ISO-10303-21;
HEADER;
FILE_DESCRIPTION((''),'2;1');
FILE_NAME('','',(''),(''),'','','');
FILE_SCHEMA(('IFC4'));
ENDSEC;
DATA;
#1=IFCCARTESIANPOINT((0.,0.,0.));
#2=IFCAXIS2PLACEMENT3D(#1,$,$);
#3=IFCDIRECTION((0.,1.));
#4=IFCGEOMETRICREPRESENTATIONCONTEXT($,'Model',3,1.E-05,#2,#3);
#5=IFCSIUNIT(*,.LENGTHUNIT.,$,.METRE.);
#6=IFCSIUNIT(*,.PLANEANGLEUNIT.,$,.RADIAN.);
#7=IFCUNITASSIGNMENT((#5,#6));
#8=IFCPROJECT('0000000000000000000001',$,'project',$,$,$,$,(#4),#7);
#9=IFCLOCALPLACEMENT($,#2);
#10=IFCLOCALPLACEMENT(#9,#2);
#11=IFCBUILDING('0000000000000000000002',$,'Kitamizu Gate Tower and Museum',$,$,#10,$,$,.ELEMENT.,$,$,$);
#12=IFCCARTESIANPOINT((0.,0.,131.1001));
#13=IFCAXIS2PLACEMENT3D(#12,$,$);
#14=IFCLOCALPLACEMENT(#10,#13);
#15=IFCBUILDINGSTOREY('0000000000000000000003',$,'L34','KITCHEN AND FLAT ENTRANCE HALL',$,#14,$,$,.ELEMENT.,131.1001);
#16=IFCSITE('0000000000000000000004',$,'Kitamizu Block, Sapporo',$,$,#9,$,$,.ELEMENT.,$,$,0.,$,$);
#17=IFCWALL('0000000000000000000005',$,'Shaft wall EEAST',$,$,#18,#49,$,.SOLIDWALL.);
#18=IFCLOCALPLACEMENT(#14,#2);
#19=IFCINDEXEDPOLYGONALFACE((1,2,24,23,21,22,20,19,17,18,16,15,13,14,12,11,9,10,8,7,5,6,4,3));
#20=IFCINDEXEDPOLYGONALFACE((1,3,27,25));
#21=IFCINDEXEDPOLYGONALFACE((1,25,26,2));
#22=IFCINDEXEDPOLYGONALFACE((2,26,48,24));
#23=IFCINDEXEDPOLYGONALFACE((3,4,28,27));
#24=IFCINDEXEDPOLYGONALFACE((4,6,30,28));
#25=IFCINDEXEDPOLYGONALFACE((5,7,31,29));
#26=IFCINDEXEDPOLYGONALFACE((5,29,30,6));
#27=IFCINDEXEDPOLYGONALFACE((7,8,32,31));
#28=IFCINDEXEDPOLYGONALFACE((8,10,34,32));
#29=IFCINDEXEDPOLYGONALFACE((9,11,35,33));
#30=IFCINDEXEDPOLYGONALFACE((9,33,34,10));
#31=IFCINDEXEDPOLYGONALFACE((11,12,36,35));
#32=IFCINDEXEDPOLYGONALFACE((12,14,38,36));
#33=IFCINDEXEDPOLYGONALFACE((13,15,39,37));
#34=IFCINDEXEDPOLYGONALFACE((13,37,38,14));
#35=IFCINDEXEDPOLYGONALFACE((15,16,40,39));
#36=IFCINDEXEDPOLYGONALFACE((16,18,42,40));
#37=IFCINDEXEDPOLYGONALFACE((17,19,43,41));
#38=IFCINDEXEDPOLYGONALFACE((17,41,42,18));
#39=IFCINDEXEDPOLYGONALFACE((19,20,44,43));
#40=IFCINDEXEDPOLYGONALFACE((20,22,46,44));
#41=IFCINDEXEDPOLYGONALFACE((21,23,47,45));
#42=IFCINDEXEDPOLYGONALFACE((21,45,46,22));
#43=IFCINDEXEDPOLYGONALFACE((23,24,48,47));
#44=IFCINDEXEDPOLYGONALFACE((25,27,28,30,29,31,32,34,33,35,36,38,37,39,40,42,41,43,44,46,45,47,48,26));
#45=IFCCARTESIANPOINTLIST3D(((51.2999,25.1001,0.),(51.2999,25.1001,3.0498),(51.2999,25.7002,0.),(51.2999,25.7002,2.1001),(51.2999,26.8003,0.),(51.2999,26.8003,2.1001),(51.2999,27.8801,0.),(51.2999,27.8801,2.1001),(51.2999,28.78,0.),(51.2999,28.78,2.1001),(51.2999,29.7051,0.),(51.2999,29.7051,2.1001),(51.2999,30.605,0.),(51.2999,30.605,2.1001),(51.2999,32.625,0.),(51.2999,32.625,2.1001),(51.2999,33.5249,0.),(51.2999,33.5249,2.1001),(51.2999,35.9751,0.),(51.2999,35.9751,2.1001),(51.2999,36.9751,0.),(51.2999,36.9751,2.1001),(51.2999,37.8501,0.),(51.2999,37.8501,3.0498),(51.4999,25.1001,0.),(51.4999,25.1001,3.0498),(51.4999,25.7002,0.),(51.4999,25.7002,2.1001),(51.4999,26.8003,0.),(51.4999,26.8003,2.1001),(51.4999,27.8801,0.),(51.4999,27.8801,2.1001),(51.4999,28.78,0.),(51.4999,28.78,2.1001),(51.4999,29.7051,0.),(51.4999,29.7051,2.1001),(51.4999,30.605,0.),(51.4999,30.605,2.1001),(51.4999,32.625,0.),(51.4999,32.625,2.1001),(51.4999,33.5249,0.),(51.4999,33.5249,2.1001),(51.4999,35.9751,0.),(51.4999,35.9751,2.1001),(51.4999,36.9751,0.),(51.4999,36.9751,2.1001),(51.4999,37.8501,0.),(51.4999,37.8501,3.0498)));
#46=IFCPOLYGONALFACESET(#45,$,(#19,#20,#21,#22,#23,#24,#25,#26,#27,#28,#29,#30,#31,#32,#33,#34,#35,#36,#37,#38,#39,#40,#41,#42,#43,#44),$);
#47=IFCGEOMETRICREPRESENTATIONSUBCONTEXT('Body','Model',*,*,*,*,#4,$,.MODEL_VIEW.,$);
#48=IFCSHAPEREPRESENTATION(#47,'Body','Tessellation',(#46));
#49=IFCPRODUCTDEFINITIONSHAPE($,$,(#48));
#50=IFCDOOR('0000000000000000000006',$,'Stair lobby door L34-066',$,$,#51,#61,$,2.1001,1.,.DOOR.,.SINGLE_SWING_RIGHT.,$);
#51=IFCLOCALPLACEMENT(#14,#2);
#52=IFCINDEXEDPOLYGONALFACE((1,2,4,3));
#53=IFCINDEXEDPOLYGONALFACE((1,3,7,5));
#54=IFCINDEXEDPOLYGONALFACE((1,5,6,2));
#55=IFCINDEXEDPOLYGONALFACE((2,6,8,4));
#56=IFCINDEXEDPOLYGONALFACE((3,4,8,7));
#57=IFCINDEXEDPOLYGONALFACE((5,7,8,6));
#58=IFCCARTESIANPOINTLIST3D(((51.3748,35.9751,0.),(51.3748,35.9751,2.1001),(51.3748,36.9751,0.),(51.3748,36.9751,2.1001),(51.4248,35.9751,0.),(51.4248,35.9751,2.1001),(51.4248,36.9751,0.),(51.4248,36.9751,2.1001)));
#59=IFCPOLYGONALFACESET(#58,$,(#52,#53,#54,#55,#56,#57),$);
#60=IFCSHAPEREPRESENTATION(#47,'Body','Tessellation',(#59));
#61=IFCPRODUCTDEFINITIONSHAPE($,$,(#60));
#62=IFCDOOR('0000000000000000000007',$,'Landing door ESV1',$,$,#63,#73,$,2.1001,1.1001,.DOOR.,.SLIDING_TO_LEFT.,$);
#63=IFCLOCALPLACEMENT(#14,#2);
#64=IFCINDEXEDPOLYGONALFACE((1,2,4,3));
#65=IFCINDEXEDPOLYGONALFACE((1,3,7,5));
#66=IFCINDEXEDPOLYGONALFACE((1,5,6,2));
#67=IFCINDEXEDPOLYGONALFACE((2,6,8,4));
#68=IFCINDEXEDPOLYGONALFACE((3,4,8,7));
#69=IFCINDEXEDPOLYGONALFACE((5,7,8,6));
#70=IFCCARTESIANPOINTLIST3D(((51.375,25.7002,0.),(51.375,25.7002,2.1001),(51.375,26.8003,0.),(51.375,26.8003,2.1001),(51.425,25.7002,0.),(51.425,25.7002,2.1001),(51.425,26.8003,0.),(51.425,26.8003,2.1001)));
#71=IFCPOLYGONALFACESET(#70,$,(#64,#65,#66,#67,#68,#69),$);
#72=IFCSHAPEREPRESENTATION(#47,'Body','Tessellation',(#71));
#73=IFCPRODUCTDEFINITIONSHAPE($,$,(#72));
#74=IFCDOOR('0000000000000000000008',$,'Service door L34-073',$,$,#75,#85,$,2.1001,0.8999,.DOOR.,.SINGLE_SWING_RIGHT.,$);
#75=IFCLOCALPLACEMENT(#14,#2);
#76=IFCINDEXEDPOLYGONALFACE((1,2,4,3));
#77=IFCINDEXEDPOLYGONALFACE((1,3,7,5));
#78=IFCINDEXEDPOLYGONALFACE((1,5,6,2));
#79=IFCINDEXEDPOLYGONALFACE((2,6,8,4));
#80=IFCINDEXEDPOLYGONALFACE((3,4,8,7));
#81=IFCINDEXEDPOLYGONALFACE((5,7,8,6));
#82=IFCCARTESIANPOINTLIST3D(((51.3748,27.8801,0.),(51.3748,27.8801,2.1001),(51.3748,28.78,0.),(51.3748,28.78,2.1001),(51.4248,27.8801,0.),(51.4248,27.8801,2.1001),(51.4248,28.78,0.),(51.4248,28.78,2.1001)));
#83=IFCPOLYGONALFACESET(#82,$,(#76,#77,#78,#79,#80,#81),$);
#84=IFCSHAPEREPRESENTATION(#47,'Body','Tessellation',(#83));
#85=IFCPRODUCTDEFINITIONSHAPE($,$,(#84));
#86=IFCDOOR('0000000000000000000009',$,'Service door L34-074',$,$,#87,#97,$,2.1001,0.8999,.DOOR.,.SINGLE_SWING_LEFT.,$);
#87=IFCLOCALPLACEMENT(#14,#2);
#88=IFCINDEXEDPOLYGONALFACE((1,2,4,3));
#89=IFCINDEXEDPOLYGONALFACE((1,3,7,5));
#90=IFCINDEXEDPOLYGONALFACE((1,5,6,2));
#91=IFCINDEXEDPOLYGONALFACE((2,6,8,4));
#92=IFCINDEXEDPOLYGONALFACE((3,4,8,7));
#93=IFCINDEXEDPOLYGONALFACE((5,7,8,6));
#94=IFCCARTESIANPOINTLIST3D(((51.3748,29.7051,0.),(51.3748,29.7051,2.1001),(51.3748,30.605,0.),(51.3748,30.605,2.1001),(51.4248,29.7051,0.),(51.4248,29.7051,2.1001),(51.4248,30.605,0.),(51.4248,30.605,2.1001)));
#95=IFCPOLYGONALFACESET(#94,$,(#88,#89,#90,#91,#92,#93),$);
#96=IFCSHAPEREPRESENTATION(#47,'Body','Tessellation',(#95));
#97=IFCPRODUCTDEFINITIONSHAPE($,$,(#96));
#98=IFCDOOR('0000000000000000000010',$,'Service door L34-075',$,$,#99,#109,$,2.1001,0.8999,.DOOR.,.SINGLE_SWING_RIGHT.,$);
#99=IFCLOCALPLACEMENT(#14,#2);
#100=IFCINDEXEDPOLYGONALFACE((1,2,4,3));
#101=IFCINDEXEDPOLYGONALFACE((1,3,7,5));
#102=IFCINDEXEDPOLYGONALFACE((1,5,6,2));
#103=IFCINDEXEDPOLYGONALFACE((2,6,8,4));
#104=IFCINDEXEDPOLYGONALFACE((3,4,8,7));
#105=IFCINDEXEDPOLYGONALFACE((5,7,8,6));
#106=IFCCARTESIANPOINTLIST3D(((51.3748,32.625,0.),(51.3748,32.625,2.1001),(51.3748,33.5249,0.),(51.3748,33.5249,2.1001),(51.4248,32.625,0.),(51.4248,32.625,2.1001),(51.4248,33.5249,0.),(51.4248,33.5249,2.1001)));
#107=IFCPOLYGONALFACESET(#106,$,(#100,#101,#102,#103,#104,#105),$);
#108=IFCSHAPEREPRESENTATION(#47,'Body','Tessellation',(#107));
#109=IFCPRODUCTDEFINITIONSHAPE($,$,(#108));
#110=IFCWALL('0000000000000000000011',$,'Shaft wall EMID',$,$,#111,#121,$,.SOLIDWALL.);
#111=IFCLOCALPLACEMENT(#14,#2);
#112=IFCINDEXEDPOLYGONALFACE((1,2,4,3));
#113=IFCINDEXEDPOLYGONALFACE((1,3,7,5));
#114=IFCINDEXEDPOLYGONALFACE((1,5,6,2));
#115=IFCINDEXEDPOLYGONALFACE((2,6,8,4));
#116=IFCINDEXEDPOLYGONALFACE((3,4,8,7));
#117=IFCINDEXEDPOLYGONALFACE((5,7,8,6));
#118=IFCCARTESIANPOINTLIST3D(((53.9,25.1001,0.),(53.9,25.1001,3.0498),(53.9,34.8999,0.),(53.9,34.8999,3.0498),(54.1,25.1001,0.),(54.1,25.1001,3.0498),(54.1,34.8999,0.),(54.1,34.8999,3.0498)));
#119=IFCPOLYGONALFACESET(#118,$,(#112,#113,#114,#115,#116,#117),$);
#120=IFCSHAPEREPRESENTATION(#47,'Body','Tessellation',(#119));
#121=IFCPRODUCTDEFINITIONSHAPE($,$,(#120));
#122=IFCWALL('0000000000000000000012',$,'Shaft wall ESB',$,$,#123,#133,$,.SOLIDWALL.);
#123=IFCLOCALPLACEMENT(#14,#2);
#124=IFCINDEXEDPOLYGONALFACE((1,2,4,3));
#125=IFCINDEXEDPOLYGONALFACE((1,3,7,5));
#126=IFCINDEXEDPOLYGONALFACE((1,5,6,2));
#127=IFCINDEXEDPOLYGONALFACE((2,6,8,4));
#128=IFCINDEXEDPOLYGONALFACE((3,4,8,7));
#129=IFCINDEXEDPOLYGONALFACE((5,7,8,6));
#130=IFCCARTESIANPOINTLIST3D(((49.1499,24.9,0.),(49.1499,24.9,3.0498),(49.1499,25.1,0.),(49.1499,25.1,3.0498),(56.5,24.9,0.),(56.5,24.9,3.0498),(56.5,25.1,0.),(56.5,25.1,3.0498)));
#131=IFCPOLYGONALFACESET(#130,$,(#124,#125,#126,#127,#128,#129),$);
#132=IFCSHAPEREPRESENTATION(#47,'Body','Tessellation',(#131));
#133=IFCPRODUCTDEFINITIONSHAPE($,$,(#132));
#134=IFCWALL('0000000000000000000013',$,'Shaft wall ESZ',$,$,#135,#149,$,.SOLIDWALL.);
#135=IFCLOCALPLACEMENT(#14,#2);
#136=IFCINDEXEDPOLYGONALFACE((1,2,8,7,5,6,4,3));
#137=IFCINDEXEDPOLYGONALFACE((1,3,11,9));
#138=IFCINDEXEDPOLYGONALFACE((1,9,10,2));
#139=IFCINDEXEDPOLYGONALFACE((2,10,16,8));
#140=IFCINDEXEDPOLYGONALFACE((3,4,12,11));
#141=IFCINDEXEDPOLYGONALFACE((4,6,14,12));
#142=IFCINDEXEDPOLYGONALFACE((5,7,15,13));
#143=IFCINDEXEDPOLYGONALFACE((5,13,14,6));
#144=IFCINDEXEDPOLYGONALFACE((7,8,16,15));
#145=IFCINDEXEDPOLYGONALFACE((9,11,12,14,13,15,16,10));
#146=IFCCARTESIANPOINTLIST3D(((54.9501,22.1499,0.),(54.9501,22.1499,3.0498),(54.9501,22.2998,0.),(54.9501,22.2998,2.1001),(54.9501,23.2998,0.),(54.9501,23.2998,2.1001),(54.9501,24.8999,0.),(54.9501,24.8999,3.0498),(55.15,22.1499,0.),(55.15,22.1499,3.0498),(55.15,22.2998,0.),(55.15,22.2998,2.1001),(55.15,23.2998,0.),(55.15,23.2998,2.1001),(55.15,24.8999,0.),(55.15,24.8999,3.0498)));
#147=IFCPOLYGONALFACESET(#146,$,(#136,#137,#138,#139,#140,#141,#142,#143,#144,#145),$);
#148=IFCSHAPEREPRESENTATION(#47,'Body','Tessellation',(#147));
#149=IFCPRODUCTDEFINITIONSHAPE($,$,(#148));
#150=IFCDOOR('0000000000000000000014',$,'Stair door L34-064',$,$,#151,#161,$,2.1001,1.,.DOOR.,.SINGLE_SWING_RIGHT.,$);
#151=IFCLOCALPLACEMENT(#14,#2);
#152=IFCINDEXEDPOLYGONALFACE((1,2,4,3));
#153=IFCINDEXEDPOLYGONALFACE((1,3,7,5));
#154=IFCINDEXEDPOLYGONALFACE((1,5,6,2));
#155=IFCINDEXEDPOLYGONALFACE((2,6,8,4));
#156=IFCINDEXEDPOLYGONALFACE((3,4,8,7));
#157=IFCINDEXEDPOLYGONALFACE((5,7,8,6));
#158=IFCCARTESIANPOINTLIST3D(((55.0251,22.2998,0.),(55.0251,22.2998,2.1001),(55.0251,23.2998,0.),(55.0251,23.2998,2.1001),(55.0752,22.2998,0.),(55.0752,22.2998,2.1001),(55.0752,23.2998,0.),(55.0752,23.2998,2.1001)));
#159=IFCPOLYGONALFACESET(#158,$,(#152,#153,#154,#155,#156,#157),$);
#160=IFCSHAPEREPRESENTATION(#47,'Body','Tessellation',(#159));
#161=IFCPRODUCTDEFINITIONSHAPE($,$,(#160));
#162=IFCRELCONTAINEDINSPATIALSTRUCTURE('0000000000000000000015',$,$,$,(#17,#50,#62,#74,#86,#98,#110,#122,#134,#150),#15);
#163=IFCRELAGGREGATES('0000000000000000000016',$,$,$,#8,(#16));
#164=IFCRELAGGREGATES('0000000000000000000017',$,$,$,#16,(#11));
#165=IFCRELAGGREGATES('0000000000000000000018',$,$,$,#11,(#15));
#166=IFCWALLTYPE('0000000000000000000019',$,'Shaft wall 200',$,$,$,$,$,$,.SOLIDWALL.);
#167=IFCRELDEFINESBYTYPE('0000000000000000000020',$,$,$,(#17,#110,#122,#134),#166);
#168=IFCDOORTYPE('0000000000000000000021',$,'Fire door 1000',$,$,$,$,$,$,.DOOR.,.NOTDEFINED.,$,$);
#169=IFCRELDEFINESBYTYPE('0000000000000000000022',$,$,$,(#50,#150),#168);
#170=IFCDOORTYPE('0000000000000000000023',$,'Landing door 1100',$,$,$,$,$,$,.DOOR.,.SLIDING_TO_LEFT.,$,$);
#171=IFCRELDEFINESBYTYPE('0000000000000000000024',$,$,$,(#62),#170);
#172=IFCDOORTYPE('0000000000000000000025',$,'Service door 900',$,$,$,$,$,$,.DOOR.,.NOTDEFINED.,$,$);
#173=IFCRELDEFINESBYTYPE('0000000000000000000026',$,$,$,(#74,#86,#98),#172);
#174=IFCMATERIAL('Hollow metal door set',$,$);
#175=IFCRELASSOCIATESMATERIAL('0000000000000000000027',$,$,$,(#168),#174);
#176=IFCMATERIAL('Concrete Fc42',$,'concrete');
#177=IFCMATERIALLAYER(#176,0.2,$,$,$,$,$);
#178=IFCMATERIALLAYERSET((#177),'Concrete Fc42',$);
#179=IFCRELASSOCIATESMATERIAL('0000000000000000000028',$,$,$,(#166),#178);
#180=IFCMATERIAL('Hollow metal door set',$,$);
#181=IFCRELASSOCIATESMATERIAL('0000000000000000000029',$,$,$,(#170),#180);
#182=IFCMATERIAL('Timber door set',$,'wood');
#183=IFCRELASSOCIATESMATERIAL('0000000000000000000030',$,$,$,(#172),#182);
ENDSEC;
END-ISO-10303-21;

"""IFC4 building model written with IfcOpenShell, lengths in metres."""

from ifc_helpers import new_model, si_unit, direction, frame, frame_2d, origin, place, context, subcontext, project, spatial, rectangle, extrude, material, layer, layer_set, type_object, element, fill, save


model = new_model("IFC4")

# Units and contexts
model_context = context("Model", 3, precision=1e-05, world=origin(), true_north=direction((0.0, 1.0)))
body_context = subcontext(model_context, "Body", "Model", "MODEL_VIEW")
ifc_project = project(units=[si_unit("LENGTHUNIT", "METRE"), si_unit("PLANEANGLEUNIT", "RADIAN")], contexts=[model_context])

# Site, building, storey
site_placement = place(None, origin())
site = spatial("IfcSite", under=ifc_project, at=site_placement, Name="Kitamizu Block, Sapporo", CompositionType="ELEMENT", RefElevation=0.0)
building_placement = place(site_placement, origin())
building = spatial("IfcBuilding", under=site, at=building_placement, Name="Kitamizu Gate Tower and Museum", CompositionType="ELEMENT")
storey_placement = place(building_placement, frame((0.0, 0.0, 131.1001)))
storey = spatial("IfcBuildingStorey", under=building, at=storey_placement, Name="L34", Description="KITCHEN AND FLAT ENTRANCE HALL", CompositionType="ELEMENT", Elevation=131.1001)

# Wall, openings, doors
ifc_material_1 = material(Name="Hollow metal door set")
door_type_1 = type_object("IfcDoorType", Name="Fire door 1000", OperationType="NOTDEFINED", PredefinedType="DOOR", material=ifc_material_1)
ifc_material_2 = material(Name="Concrete Fc42", Category="concrete")
ifc_layer_1 = layer(ifc_material_2, 0.2)
ifc_layer_set_1 = layer_set([ifc_layer_1], Name="Concrete Fc42")
wall_type_1 = type_object("IfcWallType", Name="Shaft wall 200", PredefinedType="SOLIDWALL", material=ifc_layer_set_1)
ifc_material_3 = material(Name="Hollow metal door set")
door_type_2 = type_object("IfcDoorType", Name="Landing door 1100", OperationType="SLIDING_TO_LEFT", PredefinedType="DOOR", material=ifc_material_3)
wall_1_placement = place(storey_placement, frame((51.3999, 25.1001, 0.0), z_axis=(0.0, 0.0, 1.0), x_axis=(0.0, 1.0, 0.0)))
wall_1 = element("IfcWall", 1, at=wall_1_placement, inside=storey, type_object=wall_type_1, Name="Shaft wall EEAST", PredefinedType="SOLIDWALL", context=body_context, shape_type="SweptSolid", body=[
    extrude(rectangle(XDim=12.75, YDim=0.2, at=frame_2d((6.375, 0.0))), origin(), (0.0, 0.0, 1.0), 3.0498),
])
opening_1_placement = place(wall_1_placement, frame((0.6001, 0.0, 0.0)))
opening_1 = element("IfcOpeningElement", 2, at=opening_1_placement, cuts=wall_1, PredefinedType="OPENING", context=body_context, shape_type="SweptSolid", body=[
    extrude(rectangle(XDim=1.1001, YDim=2.1001, at=frame_2d((0.55, 1.05))), frame((0.0, 0.1099, 0.0), z_axis=(0.0, -1.0, 0.0), x_axis=(1.0, 0.0, 0.0)), (0.0, 0.0, 1.0), 0.22),
])
opening_2_placement = place(wall_1_placement, frame((10.875, 0.0, 0.0)))
opening_2 = element("IfcOpeningElement", 3, at=opening_2_placement, cuts=wall_1, PredefinedType="OPENING", context=body_context, shape_type="SweptSolid", body=[
    extrude(rectangle(XDim=1.0, YDim=2.1001, at=frame_2d((0.5, 1.05))), frame((0.0, 0.1099, 0.0), z_axis=(0.0, -1.0, 0.0), x_axis=(1.0, 0.0, 0.0)), (0.0, 0.0, 1.0), 0.22),
])
opening_3_placement = place(wall_1_placement, frame((2.78, 0.0, 0.0)))
opening_3 = element("IfcOpeningElement", 4, at=opening_3_placement, cuts=wall_1, PredefinedType="OPENING", context=body_context, shape_type="SweptSolid", body=[
    extrude(rectangle(XDim=0.8999, YDim=2.1001, at=frame_2d((0.45, 1.05))), frame((0.0, 0.1099, 0.0), z_axis=(0.0, -1.0, 0.0), x_axis=(1.0, 0.0, 0.0)), (0.0, 0.0, 1.0), 0.22),
])
opening_4_placement = place(wall_1_placement, frame((4.605, 0.0, 0.0)))
opening_4 = element("IfcOpeningElement", 5, at=opening_4_placement, cuts=wall_1, PredefinedType="OPENING", context=body_context, shape_type="SweptSolid", body=[
    extrude(rectangle(XDim=0.8999, YDim=2.1001, at=frame_2d((0.45, 1.05))), frame((0.0, 0.1099, 0.0), z_axis=(0.0, -1.0, 0.0), x_axis=(1.0, 0.0, 0.0)), (0.0, 0.0, 1.0), 0.22),
])
opening_5_placement = place(wall_1_placement, frame((7.5249, 0.0, 0.0)))
opening_5 = element("IfcOpeningElement", 6, at=opening_5_placement, cuts=wall_1, PredefinedType="OPENING", context=body_context, shape_type="SweptSolid", body=[
    extrude(rectangle(XDim=0.8999, YDim=2.1001, at=frame_2d((0.45, 1.05))), frame((0.0, 0.1099, 0.0), z_axis=(0.0, -1.0, 0.0), x_axis=(1.0, 0.0, 0.0)), (0.0, 0.0, 1.0), 0.22),
])
door_1_placement = place(opening_2_placement, frame((1.0, 0.0, 0.0), x_axis=(-1.0, 0.0, 0.0)))
door_1 = element("IfcDoor", 7, at=door_1_placement, inside=storey, type_object=door_type_1, Name="Stair lobby door L34-066", OperationType="SINGLE_SWING_RIGHT", OverallHeight=2.1001, OverallWidth=1.0, PredefinedType="DOOR", context=body_context, shape_type="SweptSolid", body=[
    extrude(rectangle(XDim=1.0, YDim=2.1001, at=frame_2d((0.5, 1.05))), frame((0.0, 0.0249, 0.0), z_axis=(0.0, -1.0, 0.0), x_axis=(1.0, 0.0, 0.0)), (0.0, 0.0, 1.0), 0.05),
])
fill(opening_2, door_1)
door_2_placement = place(opening_1_placement, origin())
door_2 = element("IfcDoor", 8, at=door_2_placement, inside=storey, type_object=door_type_2, Name="Landing door ESV1", OperationType="SLIDING_TO_LEFT", OverallHeight=2.1001, OverallWidth=1.1001, PredefinedType="DOOR", context=body_context, shape_type="SweptSolid", body=[
    extrude(rectangle(XDim=1.1001, YDim=2.1001, at=frame_2d((0.55, 1.05))), frame((0.0, 0.0249, 0.0), z_axis=(0.0, -1.0, 0.0), x_axis=(1.0, 0.0, 0.0)), (0.0, 0.0, 1.0), 0.05),
])
fill(opening_1, door_2)
ifc_material_4 = material(Name="Timber door set", Category="wood")
door_type_3 = type_object("IfcDoorType", Name="Service door 900", OperationType="NOTDEFINED", PredefinedType="DOOR", material=ifc_material_4)
door_3_placement = place(opening_3_placement, frame((0.8999, 0.0, 0.0), x_axis=(-1.0, 0.0, 0.0)))
door_3 = element("IfcDoor", 9, at=door_3_placement, inside=storey, type_object=door_type_3, Name="Service door L34-073", OperationType="SINGLE_SWING_RIGHT", OverallHeight=2.1001, OverallWidth=0.8999, PredefinedType="DOOR", context=body_context, shape_type="SweptSolid", body=[
    extrude(rectangle(XDim=0.8999, YDim=2.1001, at=frame_2d((0.45, 1.05))), frame((0.0, 0.0249, 0.0), z_axis=(0.0, -1.0, 0.0), x_axis=(1.0, 0.0, 0.0)), (0.0, 0.0, 1.0), 0.05),
])
fill(opening_3, door_3)
door_4_placement = place(opening_4_placement, frame((0.8999, 0.0, 0.0), x_axis=(-1.0, 0.0, 0.0)))
door_4 = element("IfcDoor", 10, at=door_4_placement, inside=storey, type_object=door_type_3, Name="Service door L34-074", OperationType="SINGLE_SWING_LEFT", OverallHeight=2.1001, OverallWidth=0.8999, PredefinedType="DOOR", context=body_context, shape_type="SweptSolid", body=[
    extrude(rectangle(XDim=0.8999, YDim=2.1001, at=frame_2d((0.45, 1.05))), frame((0.0, 0.0249, 0.0), z_axis=(0.0, -1.0, 0.0), x_axis=(1.0, 0.0, 0.0)), (0.0, 0.0, 1.0), 0.05),
])
fill(opening_4, door_4)
door_5_placement = place(opening_5_placement, frame((0.8999, 0.0, 0.0), x_axis=(-1.0, 0.0, 0.0)))
door_5 = element("IfcDoor", 11, at=door_5_placement, inside=storey, type_object=door_type_3, Name="Service door L34-075", OperationType="SINGLE_SWING_RIGHT", OverallHeight=2.1001, OverallWidth=0.8999, PredefinedType="DOOR", context=body_context, shape_type="SweptSolid", body=[
    extrude(rectangle(XDim=0.8999, YDim=2.1001, at=frame_2d((0.45, 1.05))), frame((0.0, 0.0249, 0.0), z_axis=(0.0, -1.0, 0.0), x_axis=(1.0, 0.0, 0.0)), (0.0, 0.0, 1.0), 0.05),
])
fill(opening_5, door_5)

# Walls
wall_2_placement = place(storey_placement, frame((54.0, 25.1001, 0.0), z_axis=(0.0, 0.0, 1.0), x_axis=(0.0, 1.0, 0.0)))
element("IfcWall", 12, at=wall_2_placement, inside=storey, type_object=wall_type_1, Name="Shaft wall EMID", PredefinedType="SOLIDWALL", context=body_context, shape_type="SweptSolid", body=[
    extrude(rectangle(XDim=9.7998, YDim=0.2, at=frame_2d((4.8999, 0.0))), origin(), (0.0, 0.0, 1.0), 3.0498),
])
wall_3_placement = place(storey_placement, frame((56.5, 25.0, 0.0), z_axis=(0.0, 0.0, 1.0), x_axis=(-1.0, 0.0, 0.0)))
element("IfcWall", 13, at=wall_3_placement, inside=storey, type_object=wall_type_1, Name="Shaft wall ESB", PredefinedType="SOLIDWALL", context=body_context, shape_type="SweptSolid", body=[
    extrude(rectangle(XDim=7.3501, YDim=0.2, at=frame_2d((3.675, 0.0))), origin(), (0.0, 0.0, 1.0), 3.0498),
])

# Wall, opening, door
wall_4_placement = place(storey_placement, frame((55.05, 22.1499, 0.0), z_axis=(0.0, 0.0, 1.0), x_axis=(0.0, 1.0, 0.0)))
wall_4 = element("IfcWall", 14, at=wall_4_placement, inside=storey, type_object=wall_type_1, Name="Shaft wall ESZ", PredefinedType="SOLIDWALL", context=body_context, shape_type="SweptSolid", body=[
    extrude(rectangle(XDim=2.75, YDim=0.2, at=frame_2d((1.375, 0.0))), origin(), (0.0, 0.0, 1.0), 3.0498),
])
opening_6_placement = place(wall_4_placement, frame((0.1499, 0.0, 0.0)))
opening_6 = element("IfcOpeningElement", 15, at=opening_6_placement, cuts=wall_4, PredefinedType="OPENING", context=body_context, shape_type="SweptSolid", body=[
    extrude(rectangle(XDim=1.0, YDim=2.1001, at=frame_2d((0.5, 1.05))), frame((0.0, 0.1099, 0.0), z_axis=(0.0, -1.0, 0.0), x_axis=(1.0, 0.0, 0.0)), (0.0, 0.0, 1.0), 0.22),
])
door_6_placement = place(opening_6_placement, origin())
door_6 = element("IfcDoor", 16, at=door_6_placement, inside=storey, type_object=door_type_1, Name="Stair door L34-064", OperationType="SINGLE_SWING_RIGHT", OverallHeight=2.1001, OverallWidth=1.0, PredefinedType="DOOR", context=body_context, shape_type="SweptSolid", body=[
    extrude(rectangle(XDim=1.0, YDim=2.1001, at=frame_2d((0.5, 1.05))), frame((0.0, 0.0249, 0.0), z_axis=(0.0, -1.0, 0.0), x_axis=(1.0, 0.0, 0.0)), (0.0, 0.0, 1.0), 0.05),
])
fill(opening_6, door_6)

save(model, "model.ifc")
